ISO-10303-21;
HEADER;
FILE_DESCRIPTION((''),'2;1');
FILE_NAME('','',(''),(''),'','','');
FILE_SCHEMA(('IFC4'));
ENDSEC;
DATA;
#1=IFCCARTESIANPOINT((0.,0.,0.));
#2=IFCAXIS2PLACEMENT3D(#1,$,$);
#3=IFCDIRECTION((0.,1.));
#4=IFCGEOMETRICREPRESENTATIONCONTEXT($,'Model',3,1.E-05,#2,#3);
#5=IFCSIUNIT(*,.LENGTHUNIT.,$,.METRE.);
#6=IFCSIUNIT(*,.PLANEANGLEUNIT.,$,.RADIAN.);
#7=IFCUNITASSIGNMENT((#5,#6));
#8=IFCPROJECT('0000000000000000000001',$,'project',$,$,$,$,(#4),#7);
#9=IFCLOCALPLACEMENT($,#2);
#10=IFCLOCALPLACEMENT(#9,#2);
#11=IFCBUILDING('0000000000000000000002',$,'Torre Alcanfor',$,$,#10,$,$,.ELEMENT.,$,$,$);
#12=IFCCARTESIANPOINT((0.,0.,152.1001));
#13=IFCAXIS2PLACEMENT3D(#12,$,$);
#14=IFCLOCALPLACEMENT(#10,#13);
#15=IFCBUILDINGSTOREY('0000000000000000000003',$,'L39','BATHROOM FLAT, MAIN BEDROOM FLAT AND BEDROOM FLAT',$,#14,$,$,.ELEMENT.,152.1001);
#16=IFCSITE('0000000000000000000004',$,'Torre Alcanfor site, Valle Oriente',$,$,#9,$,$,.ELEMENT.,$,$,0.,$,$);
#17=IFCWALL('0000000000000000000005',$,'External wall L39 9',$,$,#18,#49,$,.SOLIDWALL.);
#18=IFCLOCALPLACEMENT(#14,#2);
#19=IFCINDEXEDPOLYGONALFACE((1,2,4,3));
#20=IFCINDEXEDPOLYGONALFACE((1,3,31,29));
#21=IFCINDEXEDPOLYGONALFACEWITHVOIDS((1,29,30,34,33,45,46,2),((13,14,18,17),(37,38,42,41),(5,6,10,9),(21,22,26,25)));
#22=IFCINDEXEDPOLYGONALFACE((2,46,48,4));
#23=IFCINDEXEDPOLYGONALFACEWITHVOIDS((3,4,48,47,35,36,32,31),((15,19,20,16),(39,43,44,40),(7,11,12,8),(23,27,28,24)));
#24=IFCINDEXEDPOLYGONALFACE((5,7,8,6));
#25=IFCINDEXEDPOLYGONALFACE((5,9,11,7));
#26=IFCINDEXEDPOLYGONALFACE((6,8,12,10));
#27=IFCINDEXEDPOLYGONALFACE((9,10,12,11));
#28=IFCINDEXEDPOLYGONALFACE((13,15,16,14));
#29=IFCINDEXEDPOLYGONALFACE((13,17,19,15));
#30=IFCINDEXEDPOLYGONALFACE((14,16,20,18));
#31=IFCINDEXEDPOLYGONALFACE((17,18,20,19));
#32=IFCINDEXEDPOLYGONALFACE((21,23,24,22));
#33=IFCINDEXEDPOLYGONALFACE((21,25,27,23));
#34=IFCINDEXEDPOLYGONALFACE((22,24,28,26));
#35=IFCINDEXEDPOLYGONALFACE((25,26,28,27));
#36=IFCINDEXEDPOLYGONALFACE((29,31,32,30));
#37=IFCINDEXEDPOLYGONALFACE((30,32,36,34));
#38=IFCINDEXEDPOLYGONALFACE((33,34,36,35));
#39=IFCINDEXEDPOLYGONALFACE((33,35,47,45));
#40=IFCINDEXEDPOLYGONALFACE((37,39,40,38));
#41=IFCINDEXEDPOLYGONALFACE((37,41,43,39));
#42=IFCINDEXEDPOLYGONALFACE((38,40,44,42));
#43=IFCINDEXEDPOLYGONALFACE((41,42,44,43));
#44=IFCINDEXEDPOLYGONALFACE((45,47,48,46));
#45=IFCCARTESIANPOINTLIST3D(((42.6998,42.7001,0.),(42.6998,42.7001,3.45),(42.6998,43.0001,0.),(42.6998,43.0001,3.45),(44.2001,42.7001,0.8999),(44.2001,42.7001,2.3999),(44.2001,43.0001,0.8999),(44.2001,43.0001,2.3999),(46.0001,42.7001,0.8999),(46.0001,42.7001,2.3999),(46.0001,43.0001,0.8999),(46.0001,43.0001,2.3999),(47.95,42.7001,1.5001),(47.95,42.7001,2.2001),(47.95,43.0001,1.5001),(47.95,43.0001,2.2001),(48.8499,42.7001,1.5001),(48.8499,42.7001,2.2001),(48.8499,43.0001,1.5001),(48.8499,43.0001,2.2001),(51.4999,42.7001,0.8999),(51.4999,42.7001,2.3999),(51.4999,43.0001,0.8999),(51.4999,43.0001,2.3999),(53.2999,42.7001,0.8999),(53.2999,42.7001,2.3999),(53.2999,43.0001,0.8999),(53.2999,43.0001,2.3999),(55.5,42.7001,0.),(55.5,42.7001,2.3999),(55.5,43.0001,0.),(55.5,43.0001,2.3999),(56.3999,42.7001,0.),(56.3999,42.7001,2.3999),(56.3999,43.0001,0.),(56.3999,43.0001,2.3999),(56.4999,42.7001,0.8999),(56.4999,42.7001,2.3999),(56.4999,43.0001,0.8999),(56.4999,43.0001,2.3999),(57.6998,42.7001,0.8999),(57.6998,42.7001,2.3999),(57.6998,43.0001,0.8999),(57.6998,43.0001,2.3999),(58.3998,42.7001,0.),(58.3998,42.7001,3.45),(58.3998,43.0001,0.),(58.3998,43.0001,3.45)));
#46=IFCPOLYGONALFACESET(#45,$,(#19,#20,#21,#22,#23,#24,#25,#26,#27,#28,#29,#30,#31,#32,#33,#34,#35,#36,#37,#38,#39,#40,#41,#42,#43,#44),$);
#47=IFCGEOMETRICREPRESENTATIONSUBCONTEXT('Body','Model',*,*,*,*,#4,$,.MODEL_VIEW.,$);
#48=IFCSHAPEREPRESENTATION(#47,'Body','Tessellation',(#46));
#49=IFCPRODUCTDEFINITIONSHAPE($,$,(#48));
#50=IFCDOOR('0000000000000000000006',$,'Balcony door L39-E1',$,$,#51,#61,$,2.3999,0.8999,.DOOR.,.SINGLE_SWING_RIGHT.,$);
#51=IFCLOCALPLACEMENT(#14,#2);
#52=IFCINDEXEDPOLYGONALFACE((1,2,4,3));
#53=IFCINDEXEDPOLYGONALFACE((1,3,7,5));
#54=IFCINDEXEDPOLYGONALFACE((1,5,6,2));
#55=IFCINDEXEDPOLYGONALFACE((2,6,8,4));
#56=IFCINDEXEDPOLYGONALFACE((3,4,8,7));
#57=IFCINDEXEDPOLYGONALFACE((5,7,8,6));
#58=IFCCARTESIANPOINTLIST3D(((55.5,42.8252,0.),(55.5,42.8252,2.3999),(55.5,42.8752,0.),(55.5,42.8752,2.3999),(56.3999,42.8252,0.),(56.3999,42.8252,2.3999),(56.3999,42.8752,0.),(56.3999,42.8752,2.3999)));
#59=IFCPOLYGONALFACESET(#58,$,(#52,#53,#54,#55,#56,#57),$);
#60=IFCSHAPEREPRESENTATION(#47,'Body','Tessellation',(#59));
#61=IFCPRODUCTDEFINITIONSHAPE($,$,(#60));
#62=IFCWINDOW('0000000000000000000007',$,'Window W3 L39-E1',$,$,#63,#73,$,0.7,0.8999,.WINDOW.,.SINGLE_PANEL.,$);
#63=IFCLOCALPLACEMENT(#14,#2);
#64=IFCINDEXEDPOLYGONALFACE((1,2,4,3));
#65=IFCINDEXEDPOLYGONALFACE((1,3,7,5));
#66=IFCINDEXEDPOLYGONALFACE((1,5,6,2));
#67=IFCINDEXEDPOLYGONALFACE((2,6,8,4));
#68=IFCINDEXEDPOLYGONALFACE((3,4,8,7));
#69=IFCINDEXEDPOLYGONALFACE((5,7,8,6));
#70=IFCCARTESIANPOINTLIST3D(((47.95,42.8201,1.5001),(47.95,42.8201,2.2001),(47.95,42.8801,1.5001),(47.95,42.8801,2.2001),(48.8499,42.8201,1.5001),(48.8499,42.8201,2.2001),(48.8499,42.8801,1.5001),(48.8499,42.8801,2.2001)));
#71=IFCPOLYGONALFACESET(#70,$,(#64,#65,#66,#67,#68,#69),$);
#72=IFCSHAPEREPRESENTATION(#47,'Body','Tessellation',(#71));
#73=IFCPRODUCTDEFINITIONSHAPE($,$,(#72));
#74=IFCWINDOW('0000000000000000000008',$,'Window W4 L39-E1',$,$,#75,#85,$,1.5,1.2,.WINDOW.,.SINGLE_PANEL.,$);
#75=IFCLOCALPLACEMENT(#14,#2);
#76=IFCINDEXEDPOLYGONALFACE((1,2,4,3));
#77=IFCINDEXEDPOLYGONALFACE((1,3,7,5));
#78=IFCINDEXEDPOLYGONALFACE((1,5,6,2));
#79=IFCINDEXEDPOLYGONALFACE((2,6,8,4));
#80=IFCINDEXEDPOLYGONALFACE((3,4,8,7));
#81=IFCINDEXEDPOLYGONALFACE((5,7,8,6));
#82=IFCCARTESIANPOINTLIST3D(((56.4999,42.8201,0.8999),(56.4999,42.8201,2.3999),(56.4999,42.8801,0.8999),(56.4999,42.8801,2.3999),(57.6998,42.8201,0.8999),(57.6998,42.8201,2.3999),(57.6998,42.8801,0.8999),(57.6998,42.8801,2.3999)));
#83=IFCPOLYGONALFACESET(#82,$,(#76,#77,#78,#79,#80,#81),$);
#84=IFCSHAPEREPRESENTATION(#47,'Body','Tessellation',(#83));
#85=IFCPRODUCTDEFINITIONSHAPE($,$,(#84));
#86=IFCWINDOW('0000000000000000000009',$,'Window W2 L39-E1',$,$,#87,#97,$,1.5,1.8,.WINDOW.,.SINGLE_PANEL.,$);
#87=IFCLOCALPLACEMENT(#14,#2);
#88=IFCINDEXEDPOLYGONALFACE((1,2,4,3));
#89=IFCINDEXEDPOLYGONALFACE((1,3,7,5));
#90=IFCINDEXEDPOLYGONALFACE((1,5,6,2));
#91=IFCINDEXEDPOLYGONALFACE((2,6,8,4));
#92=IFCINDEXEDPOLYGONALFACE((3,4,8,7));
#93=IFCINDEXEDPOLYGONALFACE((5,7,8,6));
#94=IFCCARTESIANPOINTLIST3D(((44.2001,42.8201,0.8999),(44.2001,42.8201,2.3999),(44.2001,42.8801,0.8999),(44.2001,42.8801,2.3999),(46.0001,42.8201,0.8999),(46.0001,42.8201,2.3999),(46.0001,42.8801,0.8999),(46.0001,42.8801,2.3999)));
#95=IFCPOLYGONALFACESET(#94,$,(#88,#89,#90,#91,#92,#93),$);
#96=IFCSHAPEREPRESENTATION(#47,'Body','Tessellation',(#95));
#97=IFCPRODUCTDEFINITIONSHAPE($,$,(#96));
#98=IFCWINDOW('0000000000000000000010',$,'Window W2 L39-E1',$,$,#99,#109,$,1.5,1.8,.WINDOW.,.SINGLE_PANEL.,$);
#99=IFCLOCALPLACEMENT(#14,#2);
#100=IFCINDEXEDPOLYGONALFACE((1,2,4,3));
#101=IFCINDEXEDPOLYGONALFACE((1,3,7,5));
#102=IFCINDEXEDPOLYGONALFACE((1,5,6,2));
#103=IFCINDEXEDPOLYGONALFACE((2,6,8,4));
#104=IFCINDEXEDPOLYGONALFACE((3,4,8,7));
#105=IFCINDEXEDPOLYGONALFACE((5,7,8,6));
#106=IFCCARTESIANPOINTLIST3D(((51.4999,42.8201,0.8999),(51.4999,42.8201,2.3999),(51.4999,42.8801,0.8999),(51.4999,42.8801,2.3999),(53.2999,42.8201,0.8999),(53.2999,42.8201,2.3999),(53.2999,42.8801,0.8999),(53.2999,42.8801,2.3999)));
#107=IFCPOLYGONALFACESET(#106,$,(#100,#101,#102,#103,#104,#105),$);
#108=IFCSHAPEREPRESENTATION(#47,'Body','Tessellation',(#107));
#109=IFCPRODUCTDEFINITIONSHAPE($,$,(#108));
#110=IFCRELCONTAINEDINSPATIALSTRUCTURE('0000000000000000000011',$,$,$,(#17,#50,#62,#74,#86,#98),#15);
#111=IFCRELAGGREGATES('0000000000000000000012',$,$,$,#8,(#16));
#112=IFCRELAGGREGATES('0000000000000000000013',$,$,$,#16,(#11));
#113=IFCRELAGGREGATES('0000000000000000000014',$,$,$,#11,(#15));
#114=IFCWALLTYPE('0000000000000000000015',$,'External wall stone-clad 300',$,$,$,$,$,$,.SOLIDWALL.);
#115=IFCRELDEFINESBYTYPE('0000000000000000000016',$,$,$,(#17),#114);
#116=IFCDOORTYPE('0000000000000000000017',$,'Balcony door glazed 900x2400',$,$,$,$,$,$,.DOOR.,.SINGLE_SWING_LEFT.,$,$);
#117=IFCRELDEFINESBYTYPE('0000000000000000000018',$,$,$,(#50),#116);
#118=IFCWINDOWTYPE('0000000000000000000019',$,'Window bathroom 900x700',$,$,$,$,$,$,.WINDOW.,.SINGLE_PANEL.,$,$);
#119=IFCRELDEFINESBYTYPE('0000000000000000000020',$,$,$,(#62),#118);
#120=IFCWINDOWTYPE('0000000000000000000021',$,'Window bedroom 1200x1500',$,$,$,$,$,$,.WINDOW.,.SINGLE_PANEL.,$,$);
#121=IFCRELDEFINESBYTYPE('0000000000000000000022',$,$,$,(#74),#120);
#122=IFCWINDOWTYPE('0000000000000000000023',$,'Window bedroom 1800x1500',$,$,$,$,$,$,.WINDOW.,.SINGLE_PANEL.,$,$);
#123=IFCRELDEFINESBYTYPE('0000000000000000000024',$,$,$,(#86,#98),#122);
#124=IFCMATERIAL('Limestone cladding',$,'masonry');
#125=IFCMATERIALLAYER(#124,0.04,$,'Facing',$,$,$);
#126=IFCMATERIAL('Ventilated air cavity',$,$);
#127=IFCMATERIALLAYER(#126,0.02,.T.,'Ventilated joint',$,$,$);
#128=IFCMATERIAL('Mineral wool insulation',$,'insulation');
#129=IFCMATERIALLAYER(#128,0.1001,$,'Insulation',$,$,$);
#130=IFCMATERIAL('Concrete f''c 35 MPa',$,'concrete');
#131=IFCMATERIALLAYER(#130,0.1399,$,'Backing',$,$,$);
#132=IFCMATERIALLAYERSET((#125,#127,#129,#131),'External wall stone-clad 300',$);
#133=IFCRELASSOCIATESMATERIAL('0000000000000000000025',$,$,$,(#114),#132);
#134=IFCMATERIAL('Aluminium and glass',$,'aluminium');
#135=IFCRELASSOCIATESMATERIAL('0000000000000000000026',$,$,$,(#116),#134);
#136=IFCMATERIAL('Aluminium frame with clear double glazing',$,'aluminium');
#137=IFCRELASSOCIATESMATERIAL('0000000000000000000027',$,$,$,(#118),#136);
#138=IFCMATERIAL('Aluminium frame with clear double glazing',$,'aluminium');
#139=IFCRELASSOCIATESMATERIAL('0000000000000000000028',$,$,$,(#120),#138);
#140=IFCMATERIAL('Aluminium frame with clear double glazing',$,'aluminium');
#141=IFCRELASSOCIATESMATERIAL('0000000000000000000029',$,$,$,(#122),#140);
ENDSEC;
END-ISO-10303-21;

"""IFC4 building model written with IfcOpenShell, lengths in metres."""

from ifc_helpers import new_model, si_unit, direction, frame, frame_2d, origin, place, context, subcontext, project, spatial, rectangle, extrude, material, layer, layer_set, type_object, element, fill, save


model = new_model("IFC4")

# Units and contexts
model_context = context("Model", 3, precision=1e-05, world=origin(), true_north=direction((0.0, 1.0)))
body_context = subcontext(model_context, "Body", "Model", "MODEL_VIEW")
ifc_project = project(units=[si_unit("LENGTHUNIT", "METRE"), si_unit("PLANEANGLEUNIT", "RADIAN")], contexts=[model_context])

# Site, building, storey
site_placement = place(None, origin())
site = spatial("IfcSite", under=ifc_project, at=site_placement, Name="Torre Alcanfor site, Valle Oriente", CompositionType="ELEMENT", RefElevation=0.0)
building_placement = place(site_placement, origin())
building = spatial("IfcBuilding", under=site, at=building_placement, Name="Torre Alcanfor", CompositionType="ELEMENT")
storey_placement = place(building_placement, frame((0.0, 0.0, 152.1001)))
storey = spatial("IfcBuildingStorey", under=building, at=storey_placement, Name="L39", Description="BATHROOM FLAT, MAIN BEDROOM FLAT AND BEDROOM FLAT", CompositionType="ELEMENT", Elevation=152.1001)

# Wall, openings, door, windows
ifc_material_1 = material(Name="Limestone cladding", Category="masonry")
ifc_layer_1 = layer(ifc_material_1, 0.04, Name="Facing")
ifc_material_2 = material(Name="Ventilated air cavity")
ifc_layer_2 = layer(ifc_material_2, 0.02, ventilated=True, Name="Ventilated joint")
ifc_material_3 = material(Name="Mineral wool insulation", Category="insulation")
ifc_layer_3 = layer(ifc_material_3, 0.1001, Name="Insulation")
ifc_material_4 = material(Name="Concrete f'c 35 MPa", Category="concrete")
ifc_layer_4 = layer(ifc_material_4, 0.1399, Name="Backing")
ifc_layer_set_1 = layer_set([ifc_layer_1, ifc_layer_2, ifc_layer_3, ifc_layer_4], Name="External wall stone-clad 300")
wall_type_1 = type_object("IfcWallType", Name="External wall stone-clad 300", PredefinedType="SOLIDWALL", material=ifc_layer_set_1)
wall_1_placement = place(storey_placement, frame((58.3999, 42.8501, 0.0), z_axis=(0.0, 0.0, 1.0), x_axis=(-1.0, 0.0, 0.0)))
wall_1 = element("IfcWall", 1, at=wall_1_placement, inside=storey, type_object=wall_type_1, Name="External wall L39 9", PredefinedType="SOLIDWALL", context=body_context, shape_type="SweptSolid", body=[
    extrude(rectangle(XDim=15.7, YDim=0.3, at=frame_2d((7.8501, 0.0))), origin(), (0.0, 0.0, 1.0), 3.45),
])
opening_1_placement = place(wall_1_placement, frame((12.3999, 0.0, 0.8999)))
opening_1 = element("IfcOpeningElement", 2, at=opening_1_placement, cuts=wall_1, PredefinedType="OPENING", context=body_context, shape_type="SweptSolid", body=[
    extrude(rectangle(XDim=1.8, YDim=1.5, at=frame_2d((0.8999, 0.75))), frame((0.0, 0.1599, 0.0), z_axis=(0.0, -1.0, 0.0), x_axis=(1.0, 0.0, 0.0)), (0.0, 0.0, 1.0), 0.3201),
])
opening_2_placement = place(wall_1_placement, frame((9.55, 0.0, 1.5)))
opening_2 = element("IfcOpeningElement", 3, at=opening_2_placement, cuts=wall_1, PredefinedType="OPENING", context=body_context, shape_type="SweptSolid", body=[
    extrude(rectangle(XDim=0.8999, YDim=0.7, at=frame_2d((0.45, 0.3501))), frame((0.0, 0.1599, 0.0), z_axis=(0.0, -1.0, 0.0), x_axis=(1.0, 0.0, 0.0)), (0.0, 0.0, 1.0), 0.3201),
])
opening_3_placement = place(wall_1_placement, frame((5.1001, 0.0, 0.8999)))
opening_3 = element("IfcOpeningElement", 4, at=opening_3_placement, cuts=wall_1, PredefinedType="OPENING", context=body_context, shape_type="SweptSolid", body=[
    extrude(rectangle(XDim=1.8, YDim=1.5, at=frame_2d((0.8999, 0.75))), frame((0.0, 0.1599, 0.0), z_axis=(0.0, -1.0, 0.0), x_axis=(1.0, 0.0, 0.0)), (0.0, 0.0, 1.0), 0.3201),
])
opening_4_placement = place(wall_1_placement, frame((2.0, 0.0, 0.0)))
opening_4 = element("IfcOpeningElement", 5, at=opening_4_placement, cuts=wall_1, PredefinedType="OPENING", context=body_context, shape_type="SweptSolid", body=[
    extrude(rectangle(XDim=0.8999, YDim=2.3999, at=frame_2d((0.45, 1.2))), frame((0.0, 0.1599, 0.0), z_axis=(0.0, -1.0, 0.0), x_axis=(1.0, 0.0, 0.0)), (0.0, 0.0, 1.0), 0.3201),
])
opening_5_placement = place(wall_1_placement, frame((0.7, 0.0, 0.8999)))
opening_5 = element("IfcOpeningElement", 6, at=opening_5_placement, cuts=wall_1, PredefinedType="OPENING", context=body_context, shape_type="SweptSolid", body=[
    extrude(rectangle(XDim=1.2, YDim=1.5, at=frame_2d((0.6001, 0.75))), frame((0.0, 0.1599, 0.0), z_axis=(0.0, -1.0, 0.0), x_axis=(1.0, 0.0, 0.0)), (0.0, 0.0, 1.0), 0.3201),
])
ifc_material_5 = material(Name="Aluminium and glass", Category="aluminium")
door_type_1 = type_object("IfcDoorType", Name="Balcony door glazed 900x2400", OperationType="SINGLE_SWING_LEFT", PredefinedType="DOOR", material=ifc_material_5)
door_1_placement = place(opening_4_placement, origin())
door_1 = element("IfcDoor", 7, at=door_1_placement, inside=storey, type_object=door_type_1, Name="Balcony door L39-E1", OperationType="SINGLE_SWING_RIGHT", OverallHeight=2.3999, OverallWidth=0.8999, PredefinedType="DOOR", context=body_context, shape_type="SweptSolid", body=[
    extrude(rectangle(XDim=0.8999, YDim=2.3999, at=frame_2d((0.45, 1.2))), frame((0.0, 0.0249, 0.0), z_axis=(0.0, -1.0, 0.0), x_axis=(1.0, 0.0, 0.0)), (0.0, 0.0, 1.0), 0.05),
])
fill(opening_4, door_1)
ifc_material_6 = material(Name="Aluminium frame with clear double glazing", Category="aluminium")
window_type_1 = type_object("IfcWindowType", Name="Window bathroom 900x700", PartitioningType="SINGLE_PANEL", PredefinedType="WINDOW", material=ifc_material_6)
window_1_placement = place(opening_2_placement, origin())
window_1 = element("IfcWindow", 8, at=window_1_placement, inside=storey, type_object=window_type_1, Name="Window W3 L39-E1", OverallHeight=0.7, OverallWidth=0.8999, PartitioningType="SINGLE_PANEL", PredefinedType="WINDOW", context=body_context, shape_type="SweptSolid", body=[
    extrude(rectangle(XDim=0.8999, YDim=0.7, at=frame_2d((0.45, 0.3501))), frame((0.0, 0.03, 0.0), z_axis=(0.0, -1.0, 0.0), x_axis=(1.0, 0.0, 0.0)), (0.0, 0.0, 1.0), 0.0601),
])
fill(opening_2, window_1)
ifc_material_7 = material(Name="Aluminium frame with clear double glazing", Category="aluminium")
window_type_2 = type_object("IfcWindowType", Name="Window bedroom 1200x1500", PartitioningType="SINGLE_PANEL", PredefinedType="WINDOW", material=ifc_material_7)
window_2_placement = place(opening_5_placement, origin())
window_2 = element("IfcWindow", 9, at=window_2_placement, inside=storey, type_object=window_type_2, Name="Window W4 L39-E1", OverallHeight=1.5, OverallWidth=1.2, PartitioningType="SINGLE_PANEL", PredefinedType="WINDOW", context=body_context, shape_type="SweptSolid", body=[
    extrude(rectangle(XDim=1.2, YDim=1.5, at=frame_2d((0.6001, 0.75))), frame((0.0, 0.03, 0.0), z_axis=(0.0, -1.0, 0.0), x_axis=(1.0, 0.0, 0.0)), (0.0, 0.0, 1.0), 0.0601),
])
fill(opening_5, window_2)
ifc_material_8 = material(Name="Aluminium frame with clear double glazing", Category="aluminium")
window_type_3 = type_object("IfcWindowType", Name="Window bedroom 1800x1500", PartitioningType="SINGLE_PANEL", PredefinedType="WINDOW", material=ifc_material_8)
window_3_placement = place(opening_1_placement, origin())
window_3 = element("IfcWindow", 10, at=window_3_placement, inside=storey, type_object=window_type_3, Name="Window W2 L39-E1", OverallHeight=1.5, OverallWidth=1.8, PartitioningType="SINGLE_PANEL", PredefinedType="WINDOW", context=body_context, shape_type="SweptSolid", body=[
    extrude(rectangle(XDim=1.8, YDim=1.5, at=frame_2d((0.8999, 0.75))), frame((0.0, 0.03, 0.0), z_axis=(0.0, -1.0, 0.0), x_axis=(1.0, 0.0, 0.0)), (0.0, 0.0, 1.0), 0.0601),
])
fill(opening_1, window_3)
window_4_placement = place(opening_3_placement, origin())
window_4 = element("IfcWindow", 11, at=window_4_placement, inside=storey, type_object=window_type_3, Name="Window W2 L39-E1", OverallHeight=1.5, OverallWidth=1.8, PartitioningType="SINGLE_PANEL", PredefinedType="WINDOW", context=body_context, shape_type="SweptSolid", body=[
    extrude(rectangle(XDim=1.8, YDim=1.5, at=frame_2d((0.8999, 0.75))), frame((0.0, 0.03, 0.0), z_axis=(0.0, -1.0, 0.0), x_axis=(1.0, 0.0, 0.0)), (0.0, 0.0, 1.0), 0.0601),
])
fill(opening_3, window_4)

save(model, "model.ifc")
